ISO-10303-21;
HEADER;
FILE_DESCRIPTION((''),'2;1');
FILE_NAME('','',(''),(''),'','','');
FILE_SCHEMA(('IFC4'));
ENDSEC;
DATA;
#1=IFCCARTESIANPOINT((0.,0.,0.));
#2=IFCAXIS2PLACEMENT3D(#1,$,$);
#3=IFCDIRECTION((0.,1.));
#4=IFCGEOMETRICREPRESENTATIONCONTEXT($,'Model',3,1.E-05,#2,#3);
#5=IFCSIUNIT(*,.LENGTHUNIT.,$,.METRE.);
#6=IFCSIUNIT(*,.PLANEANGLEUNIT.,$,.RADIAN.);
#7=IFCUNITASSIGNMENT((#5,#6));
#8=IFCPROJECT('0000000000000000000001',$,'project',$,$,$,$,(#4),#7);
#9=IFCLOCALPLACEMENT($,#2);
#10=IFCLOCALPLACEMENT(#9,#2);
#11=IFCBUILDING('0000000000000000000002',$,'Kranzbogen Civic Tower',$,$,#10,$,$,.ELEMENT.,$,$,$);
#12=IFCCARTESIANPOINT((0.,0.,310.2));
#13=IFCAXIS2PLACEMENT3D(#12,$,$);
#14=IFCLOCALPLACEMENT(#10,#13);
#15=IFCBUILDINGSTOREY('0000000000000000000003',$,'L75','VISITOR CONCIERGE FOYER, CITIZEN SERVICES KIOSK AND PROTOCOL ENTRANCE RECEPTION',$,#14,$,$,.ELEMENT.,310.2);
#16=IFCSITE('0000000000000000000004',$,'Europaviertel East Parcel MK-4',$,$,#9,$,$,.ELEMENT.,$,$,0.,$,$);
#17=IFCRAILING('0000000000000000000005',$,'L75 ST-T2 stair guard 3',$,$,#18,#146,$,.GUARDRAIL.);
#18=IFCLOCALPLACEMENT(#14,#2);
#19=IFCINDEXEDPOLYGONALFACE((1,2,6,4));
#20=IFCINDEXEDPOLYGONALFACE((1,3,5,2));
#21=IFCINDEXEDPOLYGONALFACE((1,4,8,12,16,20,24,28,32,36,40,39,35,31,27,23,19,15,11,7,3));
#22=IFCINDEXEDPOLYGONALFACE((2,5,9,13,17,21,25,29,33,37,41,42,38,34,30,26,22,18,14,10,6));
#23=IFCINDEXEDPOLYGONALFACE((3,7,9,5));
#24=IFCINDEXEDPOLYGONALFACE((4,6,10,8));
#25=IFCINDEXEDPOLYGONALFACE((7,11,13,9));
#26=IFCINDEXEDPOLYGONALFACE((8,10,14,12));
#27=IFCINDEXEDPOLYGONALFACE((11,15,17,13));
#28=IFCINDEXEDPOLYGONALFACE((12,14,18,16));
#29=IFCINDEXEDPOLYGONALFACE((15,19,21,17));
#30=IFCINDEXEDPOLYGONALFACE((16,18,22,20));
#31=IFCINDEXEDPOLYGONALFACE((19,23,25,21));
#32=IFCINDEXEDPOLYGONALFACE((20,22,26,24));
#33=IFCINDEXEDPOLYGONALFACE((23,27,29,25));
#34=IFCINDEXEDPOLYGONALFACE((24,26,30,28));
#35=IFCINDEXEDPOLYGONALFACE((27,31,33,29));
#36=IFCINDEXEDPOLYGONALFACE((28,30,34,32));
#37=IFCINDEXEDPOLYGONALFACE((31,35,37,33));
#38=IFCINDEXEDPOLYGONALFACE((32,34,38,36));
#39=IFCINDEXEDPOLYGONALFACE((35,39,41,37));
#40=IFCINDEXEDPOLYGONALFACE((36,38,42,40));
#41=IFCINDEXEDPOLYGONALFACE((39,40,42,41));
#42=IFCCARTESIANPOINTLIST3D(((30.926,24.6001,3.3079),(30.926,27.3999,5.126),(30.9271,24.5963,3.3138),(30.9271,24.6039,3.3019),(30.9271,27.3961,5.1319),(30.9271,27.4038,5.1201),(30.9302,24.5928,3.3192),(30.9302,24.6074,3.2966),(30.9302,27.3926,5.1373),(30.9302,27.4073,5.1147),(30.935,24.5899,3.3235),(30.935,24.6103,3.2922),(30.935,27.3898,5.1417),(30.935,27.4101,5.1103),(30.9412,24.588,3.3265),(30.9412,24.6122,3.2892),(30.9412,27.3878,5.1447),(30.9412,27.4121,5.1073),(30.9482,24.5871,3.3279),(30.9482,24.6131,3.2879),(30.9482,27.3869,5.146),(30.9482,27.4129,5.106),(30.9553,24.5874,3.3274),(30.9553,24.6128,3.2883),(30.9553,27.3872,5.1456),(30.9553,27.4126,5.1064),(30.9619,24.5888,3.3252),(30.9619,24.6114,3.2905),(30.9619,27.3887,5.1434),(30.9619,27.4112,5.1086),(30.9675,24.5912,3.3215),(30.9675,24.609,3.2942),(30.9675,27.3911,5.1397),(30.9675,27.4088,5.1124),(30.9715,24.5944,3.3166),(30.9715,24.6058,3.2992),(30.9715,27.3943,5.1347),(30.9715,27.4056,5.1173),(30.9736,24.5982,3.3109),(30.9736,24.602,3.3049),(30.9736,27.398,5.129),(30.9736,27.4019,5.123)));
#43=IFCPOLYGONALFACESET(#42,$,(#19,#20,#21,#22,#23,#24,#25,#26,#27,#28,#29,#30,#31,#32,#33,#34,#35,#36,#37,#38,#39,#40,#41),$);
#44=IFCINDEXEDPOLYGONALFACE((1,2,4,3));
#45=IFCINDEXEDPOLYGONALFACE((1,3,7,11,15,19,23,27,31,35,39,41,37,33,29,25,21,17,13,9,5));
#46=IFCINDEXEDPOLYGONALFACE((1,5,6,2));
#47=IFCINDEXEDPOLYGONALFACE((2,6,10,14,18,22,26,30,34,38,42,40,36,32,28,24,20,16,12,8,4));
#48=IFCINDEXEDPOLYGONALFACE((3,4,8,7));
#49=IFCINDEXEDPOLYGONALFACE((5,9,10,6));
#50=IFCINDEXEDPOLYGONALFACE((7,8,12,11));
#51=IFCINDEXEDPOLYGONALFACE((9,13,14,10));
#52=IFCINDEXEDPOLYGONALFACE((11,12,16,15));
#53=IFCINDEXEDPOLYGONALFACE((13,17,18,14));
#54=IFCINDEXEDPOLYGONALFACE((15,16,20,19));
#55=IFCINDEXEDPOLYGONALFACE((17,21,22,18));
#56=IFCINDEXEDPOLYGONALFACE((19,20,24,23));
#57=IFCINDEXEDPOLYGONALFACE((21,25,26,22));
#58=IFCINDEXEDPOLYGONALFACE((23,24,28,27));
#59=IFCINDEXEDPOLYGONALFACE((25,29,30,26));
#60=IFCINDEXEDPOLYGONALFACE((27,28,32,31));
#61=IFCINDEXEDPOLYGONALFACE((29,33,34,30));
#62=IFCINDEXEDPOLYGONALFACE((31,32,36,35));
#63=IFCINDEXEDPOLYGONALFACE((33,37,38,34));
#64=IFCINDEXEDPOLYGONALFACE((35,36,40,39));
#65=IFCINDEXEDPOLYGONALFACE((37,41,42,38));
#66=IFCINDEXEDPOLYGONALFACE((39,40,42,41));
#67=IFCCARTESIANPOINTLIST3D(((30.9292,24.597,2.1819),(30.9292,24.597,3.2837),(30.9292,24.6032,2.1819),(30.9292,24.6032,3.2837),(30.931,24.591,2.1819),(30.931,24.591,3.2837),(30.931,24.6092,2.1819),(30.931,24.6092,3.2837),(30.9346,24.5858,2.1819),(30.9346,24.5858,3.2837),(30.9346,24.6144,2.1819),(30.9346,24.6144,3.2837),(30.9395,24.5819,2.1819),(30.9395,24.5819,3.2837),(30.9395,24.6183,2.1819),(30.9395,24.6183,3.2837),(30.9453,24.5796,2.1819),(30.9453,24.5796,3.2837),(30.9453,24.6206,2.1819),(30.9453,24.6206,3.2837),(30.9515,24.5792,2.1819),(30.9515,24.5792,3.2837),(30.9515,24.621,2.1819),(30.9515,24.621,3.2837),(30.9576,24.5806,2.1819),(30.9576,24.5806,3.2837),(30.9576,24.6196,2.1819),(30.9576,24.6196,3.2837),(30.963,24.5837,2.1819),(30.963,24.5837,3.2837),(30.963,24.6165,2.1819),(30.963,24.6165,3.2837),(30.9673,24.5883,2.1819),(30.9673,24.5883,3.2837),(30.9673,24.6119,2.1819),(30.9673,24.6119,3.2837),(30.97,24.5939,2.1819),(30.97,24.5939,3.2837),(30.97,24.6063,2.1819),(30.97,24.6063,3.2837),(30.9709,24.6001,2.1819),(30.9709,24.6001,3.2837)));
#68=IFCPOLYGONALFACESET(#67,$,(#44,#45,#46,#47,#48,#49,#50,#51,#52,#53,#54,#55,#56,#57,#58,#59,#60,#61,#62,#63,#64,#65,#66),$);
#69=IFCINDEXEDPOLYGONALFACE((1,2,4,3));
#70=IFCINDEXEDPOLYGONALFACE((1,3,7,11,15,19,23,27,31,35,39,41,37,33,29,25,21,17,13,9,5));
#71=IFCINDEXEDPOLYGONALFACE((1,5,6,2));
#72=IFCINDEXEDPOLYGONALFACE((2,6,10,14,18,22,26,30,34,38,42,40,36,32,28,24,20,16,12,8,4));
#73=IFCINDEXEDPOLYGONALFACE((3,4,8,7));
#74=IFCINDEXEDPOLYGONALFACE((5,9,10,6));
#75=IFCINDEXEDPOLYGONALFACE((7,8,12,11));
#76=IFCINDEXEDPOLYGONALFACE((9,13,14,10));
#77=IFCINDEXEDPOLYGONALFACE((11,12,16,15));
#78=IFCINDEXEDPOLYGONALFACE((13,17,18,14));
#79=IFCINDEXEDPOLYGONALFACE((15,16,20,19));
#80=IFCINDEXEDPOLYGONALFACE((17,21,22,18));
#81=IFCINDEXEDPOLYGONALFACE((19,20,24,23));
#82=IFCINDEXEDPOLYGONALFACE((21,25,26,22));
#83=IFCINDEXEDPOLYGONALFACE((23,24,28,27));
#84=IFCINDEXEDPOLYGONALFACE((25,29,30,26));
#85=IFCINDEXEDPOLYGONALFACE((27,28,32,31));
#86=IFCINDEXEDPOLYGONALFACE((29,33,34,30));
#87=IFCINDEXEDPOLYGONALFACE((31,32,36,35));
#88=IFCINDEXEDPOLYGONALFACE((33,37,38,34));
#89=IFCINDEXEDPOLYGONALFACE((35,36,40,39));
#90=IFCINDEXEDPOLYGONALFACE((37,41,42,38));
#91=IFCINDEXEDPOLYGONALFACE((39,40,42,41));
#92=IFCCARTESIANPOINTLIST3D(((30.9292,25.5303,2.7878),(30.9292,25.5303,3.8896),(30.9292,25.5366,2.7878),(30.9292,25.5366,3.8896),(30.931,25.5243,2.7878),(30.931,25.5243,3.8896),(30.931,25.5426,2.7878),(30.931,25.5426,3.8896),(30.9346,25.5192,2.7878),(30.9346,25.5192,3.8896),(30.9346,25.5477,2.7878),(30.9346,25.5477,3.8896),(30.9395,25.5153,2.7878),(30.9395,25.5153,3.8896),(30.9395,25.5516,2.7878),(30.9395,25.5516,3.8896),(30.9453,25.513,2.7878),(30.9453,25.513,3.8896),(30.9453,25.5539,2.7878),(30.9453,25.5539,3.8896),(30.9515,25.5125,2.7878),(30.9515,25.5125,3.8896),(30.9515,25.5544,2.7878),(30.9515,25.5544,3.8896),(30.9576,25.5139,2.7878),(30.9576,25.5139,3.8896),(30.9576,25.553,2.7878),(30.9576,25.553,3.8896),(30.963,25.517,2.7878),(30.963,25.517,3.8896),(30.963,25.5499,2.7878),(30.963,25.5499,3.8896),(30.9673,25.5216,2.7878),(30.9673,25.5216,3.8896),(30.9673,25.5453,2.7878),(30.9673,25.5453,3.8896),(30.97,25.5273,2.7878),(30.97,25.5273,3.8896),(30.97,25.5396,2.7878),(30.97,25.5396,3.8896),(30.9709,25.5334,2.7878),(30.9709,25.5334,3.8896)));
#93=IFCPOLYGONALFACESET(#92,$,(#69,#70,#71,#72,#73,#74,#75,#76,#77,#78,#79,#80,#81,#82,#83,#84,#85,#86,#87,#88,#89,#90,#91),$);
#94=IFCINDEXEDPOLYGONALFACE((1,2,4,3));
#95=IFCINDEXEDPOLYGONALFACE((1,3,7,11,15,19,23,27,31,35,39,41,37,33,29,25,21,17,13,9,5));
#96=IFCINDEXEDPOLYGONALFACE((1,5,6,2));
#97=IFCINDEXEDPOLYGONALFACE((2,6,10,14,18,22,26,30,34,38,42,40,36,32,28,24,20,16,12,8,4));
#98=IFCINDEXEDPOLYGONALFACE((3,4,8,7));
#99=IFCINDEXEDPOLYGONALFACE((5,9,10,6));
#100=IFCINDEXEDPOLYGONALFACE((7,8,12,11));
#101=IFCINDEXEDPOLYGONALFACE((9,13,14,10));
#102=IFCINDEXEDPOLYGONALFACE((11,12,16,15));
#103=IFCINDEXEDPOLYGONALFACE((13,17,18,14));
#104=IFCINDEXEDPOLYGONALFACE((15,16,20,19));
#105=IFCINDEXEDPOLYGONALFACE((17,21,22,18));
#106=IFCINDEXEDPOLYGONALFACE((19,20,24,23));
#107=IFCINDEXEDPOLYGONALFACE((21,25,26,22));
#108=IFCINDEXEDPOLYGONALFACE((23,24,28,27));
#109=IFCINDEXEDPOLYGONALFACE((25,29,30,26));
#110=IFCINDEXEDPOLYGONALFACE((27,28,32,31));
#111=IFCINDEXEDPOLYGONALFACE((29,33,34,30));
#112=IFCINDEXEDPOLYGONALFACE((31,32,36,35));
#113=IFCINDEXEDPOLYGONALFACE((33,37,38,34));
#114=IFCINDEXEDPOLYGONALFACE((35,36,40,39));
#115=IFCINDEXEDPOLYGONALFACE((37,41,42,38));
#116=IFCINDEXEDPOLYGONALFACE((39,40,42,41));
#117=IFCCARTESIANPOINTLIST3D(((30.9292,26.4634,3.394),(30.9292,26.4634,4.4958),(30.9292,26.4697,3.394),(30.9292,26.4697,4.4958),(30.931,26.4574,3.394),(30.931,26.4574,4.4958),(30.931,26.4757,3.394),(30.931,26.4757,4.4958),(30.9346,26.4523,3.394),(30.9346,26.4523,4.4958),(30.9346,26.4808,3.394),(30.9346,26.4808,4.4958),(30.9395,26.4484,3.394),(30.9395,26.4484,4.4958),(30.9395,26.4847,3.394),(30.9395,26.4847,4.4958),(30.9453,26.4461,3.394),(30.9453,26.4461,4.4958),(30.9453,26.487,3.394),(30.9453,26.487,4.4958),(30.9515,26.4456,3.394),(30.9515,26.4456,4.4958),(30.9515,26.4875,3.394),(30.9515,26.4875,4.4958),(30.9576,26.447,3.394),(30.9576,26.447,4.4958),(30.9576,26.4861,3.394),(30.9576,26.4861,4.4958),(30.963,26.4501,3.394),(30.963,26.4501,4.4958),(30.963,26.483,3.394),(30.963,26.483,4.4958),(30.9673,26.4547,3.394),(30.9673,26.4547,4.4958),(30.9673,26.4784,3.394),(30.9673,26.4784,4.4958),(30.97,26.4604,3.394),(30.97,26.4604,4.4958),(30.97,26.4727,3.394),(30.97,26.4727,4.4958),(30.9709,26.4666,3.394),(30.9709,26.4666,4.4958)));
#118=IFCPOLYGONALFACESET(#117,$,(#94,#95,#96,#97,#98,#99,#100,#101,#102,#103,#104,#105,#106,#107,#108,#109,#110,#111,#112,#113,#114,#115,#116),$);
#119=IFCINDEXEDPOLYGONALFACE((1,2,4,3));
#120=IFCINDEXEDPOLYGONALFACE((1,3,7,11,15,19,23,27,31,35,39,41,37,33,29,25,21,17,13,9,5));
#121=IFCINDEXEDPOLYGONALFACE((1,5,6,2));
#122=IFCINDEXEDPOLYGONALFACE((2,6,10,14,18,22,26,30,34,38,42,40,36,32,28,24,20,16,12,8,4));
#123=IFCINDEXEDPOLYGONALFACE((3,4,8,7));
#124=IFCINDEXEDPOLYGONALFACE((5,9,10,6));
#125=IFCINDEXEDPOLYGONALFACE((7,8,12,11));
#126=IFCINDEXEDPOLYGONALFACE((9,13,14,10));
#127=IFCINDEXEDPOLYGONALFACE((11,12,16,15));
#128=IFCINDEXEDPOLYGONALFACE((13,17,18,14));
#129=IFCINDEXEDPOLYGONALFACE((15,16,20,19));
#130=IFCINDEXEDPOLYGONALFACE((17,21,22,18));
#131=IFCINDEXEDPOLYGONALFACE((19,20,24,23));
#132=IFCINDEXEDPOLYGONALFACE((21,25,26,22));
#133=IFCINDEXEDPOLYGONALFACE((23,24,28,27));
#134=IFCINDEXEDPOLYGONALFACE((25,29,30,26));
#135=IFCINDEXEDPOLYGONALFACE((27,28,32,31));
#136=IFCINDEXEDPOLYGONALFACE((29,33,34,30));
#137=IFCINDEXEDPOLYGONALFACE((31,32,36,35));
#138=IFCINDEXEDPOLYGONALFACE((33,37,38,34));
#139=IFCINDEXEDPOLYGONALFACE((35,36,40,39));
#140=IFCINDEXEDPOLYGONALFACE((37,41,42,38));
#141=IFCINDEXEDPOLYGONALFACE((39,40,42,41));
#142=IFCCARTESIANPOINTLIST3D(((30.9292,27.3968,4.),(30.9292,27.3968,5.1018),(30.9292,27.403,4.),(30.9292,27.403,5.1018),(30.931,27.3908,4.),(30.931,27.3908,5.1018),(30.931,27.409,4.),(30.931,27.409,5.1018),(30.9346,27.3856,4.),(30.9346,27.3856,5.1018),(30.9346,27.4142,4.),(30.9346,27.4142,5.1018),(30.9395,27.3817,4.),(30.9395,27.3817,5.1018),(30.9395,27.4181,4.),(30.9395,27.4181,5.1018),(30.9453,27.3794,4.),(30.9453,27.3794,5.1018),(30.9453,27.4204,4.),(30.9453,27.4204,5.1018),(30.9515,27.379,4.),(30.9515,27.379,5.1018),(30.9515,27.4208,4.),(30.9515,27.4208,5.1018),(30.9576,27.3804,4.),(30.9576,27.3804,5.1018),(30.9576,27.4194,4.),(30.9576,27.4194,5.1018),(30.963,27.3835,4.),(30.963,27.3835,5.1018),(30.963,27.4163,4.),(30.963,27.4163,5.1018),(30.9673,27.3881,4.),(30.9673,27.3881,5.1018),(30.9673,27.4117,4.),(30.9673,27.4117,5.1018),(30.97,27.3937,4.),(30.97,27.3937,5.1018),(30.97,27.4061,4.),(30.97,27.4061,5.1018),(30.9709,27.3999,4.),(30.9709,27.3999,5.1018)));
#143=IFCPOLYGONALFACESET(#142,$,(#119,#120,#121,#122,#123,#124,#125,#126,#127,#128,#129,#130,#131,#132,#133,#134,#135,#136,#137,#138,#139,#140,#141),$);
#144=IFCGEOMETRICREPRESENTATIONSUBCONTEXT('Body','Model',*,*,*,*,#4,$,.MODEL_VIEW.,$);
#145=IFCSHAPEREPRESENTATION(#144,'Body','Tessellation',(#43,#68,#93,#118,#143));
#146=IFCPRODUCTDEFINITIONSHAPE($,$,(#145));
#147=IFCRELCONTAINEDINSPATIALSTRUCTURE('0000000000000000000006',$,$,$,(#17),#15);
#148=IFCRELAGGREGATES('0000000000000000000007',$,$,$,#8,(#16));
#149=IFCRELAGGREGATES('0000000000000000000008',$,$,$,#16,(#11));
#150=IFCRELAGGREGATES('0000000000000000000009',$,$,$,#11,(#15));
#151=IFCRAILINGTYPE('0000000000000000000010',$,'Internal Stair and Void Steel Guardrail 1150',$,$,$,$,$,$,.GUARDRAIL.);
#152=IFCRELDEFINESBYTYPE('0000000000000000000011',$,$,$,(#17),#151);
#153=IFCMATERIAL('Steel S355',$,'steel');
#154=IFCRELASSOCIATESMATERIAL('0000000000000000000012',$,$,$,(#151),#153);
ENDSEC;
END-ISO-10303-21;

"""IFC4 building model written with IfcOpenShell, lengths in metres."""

from ifc_helpers import new_model, si_unit, direction, frame, origin, origin_2d, place, context, subcontext, project, spatial, circle, extrude, material, type_object, element, save


model = new_model("IFC4")

# Units and contexts
model_context = context("Model", 3, precision=1e-05, world=origin(), true_north=direction((0.0, 1.0)))
body_context = subcontext(model_context, "Body", "Model", "MODEL_VIEW")
ifc_project = project(units=[si_unit("LENGTHUNIT", "METRE"), si_unit("PLANEANGLEUNIT", "RADIAN")], contexts=[model_context])

# Site, building, storey
site_placement = place(None, origin())
site = spatial("IfcSite", under=ifc_project, at=site_placement, Name="Europaviertel East Parcel MK-4", CompositionType="ELEMENT", RefElevation=0.0)
building_placement = place(site_placement, origin())
building = spatial("IfcBuilding", under=site, at=building_placement, Name="Kranzbogen Civic Tower", CompositionType="ELEMENT")
storey_placement = place(building_placement, frame((0.0, 0.0, 310.2)))
storey = spatial("IfcBuildingStorey", under=building, at=storey_placement, Name="L75", Description="VISITOR CONCIERGE FOYER, CITIZEN SERVICES KIOSK AND PROTOCOL ENTRANCE RECEPTION", CompositionType="ELEMENT", Elevation=310.2)

# Shared definitions
ifc_material_1 = material(Name="Steel S355", Category="steel")

# Railing
railing_type_1 = type_object("IfcRailingType", Name="Internal Stair and Void Steel Guardrail 1150", PredefinedType="GUARDRAIL", material=ifc_material_1)
railing_1_placement = place(storey_placement, frame((30.95, 24.6001, 2.1819)))
element("IfcRailing", 1, at=railing_1_placement, inside=storey, type_object=railing_type_1, Name="L75 ST-T2 stair guard 3", PredefinedType="GUARDRAIL", context=body_context, shape_type="SweptSolid", body=[
    extrude(circle(Radius=0.0239, at=origin_2d()), frame((0.0, 0.0, 1.126), z_axis=(0.0, 0.838684, 0.544618), x_axis=(-1.0, 0.0, 0.0)), (0.0, 0.0, 1.0), 3.3384),
    extrude(circle(Radius=0.021, at=origin_2d()), origin(), (0.0, 0.0, 1.0), 1.1018),
    extrude(circle(Radius=0.021, at=origin_2d()), frame((0.0, 0.9333, 0.606)), (0.0, 0.0, 1.0), 1.1018),
    extrude(circle(Radius=0.021, at=origin_2d()), frame((0.0, 1.8665, 1.2122)), (0.0, 0.0, 1.0), 1.1018),
    extrude(circle(Radius=0.021, at=origin_2d()), frame((0.0, 2.7998, 1.8181)), (0.0, 0.0, 1.0), 1.1018),
])

save(model, "model.ifc")
